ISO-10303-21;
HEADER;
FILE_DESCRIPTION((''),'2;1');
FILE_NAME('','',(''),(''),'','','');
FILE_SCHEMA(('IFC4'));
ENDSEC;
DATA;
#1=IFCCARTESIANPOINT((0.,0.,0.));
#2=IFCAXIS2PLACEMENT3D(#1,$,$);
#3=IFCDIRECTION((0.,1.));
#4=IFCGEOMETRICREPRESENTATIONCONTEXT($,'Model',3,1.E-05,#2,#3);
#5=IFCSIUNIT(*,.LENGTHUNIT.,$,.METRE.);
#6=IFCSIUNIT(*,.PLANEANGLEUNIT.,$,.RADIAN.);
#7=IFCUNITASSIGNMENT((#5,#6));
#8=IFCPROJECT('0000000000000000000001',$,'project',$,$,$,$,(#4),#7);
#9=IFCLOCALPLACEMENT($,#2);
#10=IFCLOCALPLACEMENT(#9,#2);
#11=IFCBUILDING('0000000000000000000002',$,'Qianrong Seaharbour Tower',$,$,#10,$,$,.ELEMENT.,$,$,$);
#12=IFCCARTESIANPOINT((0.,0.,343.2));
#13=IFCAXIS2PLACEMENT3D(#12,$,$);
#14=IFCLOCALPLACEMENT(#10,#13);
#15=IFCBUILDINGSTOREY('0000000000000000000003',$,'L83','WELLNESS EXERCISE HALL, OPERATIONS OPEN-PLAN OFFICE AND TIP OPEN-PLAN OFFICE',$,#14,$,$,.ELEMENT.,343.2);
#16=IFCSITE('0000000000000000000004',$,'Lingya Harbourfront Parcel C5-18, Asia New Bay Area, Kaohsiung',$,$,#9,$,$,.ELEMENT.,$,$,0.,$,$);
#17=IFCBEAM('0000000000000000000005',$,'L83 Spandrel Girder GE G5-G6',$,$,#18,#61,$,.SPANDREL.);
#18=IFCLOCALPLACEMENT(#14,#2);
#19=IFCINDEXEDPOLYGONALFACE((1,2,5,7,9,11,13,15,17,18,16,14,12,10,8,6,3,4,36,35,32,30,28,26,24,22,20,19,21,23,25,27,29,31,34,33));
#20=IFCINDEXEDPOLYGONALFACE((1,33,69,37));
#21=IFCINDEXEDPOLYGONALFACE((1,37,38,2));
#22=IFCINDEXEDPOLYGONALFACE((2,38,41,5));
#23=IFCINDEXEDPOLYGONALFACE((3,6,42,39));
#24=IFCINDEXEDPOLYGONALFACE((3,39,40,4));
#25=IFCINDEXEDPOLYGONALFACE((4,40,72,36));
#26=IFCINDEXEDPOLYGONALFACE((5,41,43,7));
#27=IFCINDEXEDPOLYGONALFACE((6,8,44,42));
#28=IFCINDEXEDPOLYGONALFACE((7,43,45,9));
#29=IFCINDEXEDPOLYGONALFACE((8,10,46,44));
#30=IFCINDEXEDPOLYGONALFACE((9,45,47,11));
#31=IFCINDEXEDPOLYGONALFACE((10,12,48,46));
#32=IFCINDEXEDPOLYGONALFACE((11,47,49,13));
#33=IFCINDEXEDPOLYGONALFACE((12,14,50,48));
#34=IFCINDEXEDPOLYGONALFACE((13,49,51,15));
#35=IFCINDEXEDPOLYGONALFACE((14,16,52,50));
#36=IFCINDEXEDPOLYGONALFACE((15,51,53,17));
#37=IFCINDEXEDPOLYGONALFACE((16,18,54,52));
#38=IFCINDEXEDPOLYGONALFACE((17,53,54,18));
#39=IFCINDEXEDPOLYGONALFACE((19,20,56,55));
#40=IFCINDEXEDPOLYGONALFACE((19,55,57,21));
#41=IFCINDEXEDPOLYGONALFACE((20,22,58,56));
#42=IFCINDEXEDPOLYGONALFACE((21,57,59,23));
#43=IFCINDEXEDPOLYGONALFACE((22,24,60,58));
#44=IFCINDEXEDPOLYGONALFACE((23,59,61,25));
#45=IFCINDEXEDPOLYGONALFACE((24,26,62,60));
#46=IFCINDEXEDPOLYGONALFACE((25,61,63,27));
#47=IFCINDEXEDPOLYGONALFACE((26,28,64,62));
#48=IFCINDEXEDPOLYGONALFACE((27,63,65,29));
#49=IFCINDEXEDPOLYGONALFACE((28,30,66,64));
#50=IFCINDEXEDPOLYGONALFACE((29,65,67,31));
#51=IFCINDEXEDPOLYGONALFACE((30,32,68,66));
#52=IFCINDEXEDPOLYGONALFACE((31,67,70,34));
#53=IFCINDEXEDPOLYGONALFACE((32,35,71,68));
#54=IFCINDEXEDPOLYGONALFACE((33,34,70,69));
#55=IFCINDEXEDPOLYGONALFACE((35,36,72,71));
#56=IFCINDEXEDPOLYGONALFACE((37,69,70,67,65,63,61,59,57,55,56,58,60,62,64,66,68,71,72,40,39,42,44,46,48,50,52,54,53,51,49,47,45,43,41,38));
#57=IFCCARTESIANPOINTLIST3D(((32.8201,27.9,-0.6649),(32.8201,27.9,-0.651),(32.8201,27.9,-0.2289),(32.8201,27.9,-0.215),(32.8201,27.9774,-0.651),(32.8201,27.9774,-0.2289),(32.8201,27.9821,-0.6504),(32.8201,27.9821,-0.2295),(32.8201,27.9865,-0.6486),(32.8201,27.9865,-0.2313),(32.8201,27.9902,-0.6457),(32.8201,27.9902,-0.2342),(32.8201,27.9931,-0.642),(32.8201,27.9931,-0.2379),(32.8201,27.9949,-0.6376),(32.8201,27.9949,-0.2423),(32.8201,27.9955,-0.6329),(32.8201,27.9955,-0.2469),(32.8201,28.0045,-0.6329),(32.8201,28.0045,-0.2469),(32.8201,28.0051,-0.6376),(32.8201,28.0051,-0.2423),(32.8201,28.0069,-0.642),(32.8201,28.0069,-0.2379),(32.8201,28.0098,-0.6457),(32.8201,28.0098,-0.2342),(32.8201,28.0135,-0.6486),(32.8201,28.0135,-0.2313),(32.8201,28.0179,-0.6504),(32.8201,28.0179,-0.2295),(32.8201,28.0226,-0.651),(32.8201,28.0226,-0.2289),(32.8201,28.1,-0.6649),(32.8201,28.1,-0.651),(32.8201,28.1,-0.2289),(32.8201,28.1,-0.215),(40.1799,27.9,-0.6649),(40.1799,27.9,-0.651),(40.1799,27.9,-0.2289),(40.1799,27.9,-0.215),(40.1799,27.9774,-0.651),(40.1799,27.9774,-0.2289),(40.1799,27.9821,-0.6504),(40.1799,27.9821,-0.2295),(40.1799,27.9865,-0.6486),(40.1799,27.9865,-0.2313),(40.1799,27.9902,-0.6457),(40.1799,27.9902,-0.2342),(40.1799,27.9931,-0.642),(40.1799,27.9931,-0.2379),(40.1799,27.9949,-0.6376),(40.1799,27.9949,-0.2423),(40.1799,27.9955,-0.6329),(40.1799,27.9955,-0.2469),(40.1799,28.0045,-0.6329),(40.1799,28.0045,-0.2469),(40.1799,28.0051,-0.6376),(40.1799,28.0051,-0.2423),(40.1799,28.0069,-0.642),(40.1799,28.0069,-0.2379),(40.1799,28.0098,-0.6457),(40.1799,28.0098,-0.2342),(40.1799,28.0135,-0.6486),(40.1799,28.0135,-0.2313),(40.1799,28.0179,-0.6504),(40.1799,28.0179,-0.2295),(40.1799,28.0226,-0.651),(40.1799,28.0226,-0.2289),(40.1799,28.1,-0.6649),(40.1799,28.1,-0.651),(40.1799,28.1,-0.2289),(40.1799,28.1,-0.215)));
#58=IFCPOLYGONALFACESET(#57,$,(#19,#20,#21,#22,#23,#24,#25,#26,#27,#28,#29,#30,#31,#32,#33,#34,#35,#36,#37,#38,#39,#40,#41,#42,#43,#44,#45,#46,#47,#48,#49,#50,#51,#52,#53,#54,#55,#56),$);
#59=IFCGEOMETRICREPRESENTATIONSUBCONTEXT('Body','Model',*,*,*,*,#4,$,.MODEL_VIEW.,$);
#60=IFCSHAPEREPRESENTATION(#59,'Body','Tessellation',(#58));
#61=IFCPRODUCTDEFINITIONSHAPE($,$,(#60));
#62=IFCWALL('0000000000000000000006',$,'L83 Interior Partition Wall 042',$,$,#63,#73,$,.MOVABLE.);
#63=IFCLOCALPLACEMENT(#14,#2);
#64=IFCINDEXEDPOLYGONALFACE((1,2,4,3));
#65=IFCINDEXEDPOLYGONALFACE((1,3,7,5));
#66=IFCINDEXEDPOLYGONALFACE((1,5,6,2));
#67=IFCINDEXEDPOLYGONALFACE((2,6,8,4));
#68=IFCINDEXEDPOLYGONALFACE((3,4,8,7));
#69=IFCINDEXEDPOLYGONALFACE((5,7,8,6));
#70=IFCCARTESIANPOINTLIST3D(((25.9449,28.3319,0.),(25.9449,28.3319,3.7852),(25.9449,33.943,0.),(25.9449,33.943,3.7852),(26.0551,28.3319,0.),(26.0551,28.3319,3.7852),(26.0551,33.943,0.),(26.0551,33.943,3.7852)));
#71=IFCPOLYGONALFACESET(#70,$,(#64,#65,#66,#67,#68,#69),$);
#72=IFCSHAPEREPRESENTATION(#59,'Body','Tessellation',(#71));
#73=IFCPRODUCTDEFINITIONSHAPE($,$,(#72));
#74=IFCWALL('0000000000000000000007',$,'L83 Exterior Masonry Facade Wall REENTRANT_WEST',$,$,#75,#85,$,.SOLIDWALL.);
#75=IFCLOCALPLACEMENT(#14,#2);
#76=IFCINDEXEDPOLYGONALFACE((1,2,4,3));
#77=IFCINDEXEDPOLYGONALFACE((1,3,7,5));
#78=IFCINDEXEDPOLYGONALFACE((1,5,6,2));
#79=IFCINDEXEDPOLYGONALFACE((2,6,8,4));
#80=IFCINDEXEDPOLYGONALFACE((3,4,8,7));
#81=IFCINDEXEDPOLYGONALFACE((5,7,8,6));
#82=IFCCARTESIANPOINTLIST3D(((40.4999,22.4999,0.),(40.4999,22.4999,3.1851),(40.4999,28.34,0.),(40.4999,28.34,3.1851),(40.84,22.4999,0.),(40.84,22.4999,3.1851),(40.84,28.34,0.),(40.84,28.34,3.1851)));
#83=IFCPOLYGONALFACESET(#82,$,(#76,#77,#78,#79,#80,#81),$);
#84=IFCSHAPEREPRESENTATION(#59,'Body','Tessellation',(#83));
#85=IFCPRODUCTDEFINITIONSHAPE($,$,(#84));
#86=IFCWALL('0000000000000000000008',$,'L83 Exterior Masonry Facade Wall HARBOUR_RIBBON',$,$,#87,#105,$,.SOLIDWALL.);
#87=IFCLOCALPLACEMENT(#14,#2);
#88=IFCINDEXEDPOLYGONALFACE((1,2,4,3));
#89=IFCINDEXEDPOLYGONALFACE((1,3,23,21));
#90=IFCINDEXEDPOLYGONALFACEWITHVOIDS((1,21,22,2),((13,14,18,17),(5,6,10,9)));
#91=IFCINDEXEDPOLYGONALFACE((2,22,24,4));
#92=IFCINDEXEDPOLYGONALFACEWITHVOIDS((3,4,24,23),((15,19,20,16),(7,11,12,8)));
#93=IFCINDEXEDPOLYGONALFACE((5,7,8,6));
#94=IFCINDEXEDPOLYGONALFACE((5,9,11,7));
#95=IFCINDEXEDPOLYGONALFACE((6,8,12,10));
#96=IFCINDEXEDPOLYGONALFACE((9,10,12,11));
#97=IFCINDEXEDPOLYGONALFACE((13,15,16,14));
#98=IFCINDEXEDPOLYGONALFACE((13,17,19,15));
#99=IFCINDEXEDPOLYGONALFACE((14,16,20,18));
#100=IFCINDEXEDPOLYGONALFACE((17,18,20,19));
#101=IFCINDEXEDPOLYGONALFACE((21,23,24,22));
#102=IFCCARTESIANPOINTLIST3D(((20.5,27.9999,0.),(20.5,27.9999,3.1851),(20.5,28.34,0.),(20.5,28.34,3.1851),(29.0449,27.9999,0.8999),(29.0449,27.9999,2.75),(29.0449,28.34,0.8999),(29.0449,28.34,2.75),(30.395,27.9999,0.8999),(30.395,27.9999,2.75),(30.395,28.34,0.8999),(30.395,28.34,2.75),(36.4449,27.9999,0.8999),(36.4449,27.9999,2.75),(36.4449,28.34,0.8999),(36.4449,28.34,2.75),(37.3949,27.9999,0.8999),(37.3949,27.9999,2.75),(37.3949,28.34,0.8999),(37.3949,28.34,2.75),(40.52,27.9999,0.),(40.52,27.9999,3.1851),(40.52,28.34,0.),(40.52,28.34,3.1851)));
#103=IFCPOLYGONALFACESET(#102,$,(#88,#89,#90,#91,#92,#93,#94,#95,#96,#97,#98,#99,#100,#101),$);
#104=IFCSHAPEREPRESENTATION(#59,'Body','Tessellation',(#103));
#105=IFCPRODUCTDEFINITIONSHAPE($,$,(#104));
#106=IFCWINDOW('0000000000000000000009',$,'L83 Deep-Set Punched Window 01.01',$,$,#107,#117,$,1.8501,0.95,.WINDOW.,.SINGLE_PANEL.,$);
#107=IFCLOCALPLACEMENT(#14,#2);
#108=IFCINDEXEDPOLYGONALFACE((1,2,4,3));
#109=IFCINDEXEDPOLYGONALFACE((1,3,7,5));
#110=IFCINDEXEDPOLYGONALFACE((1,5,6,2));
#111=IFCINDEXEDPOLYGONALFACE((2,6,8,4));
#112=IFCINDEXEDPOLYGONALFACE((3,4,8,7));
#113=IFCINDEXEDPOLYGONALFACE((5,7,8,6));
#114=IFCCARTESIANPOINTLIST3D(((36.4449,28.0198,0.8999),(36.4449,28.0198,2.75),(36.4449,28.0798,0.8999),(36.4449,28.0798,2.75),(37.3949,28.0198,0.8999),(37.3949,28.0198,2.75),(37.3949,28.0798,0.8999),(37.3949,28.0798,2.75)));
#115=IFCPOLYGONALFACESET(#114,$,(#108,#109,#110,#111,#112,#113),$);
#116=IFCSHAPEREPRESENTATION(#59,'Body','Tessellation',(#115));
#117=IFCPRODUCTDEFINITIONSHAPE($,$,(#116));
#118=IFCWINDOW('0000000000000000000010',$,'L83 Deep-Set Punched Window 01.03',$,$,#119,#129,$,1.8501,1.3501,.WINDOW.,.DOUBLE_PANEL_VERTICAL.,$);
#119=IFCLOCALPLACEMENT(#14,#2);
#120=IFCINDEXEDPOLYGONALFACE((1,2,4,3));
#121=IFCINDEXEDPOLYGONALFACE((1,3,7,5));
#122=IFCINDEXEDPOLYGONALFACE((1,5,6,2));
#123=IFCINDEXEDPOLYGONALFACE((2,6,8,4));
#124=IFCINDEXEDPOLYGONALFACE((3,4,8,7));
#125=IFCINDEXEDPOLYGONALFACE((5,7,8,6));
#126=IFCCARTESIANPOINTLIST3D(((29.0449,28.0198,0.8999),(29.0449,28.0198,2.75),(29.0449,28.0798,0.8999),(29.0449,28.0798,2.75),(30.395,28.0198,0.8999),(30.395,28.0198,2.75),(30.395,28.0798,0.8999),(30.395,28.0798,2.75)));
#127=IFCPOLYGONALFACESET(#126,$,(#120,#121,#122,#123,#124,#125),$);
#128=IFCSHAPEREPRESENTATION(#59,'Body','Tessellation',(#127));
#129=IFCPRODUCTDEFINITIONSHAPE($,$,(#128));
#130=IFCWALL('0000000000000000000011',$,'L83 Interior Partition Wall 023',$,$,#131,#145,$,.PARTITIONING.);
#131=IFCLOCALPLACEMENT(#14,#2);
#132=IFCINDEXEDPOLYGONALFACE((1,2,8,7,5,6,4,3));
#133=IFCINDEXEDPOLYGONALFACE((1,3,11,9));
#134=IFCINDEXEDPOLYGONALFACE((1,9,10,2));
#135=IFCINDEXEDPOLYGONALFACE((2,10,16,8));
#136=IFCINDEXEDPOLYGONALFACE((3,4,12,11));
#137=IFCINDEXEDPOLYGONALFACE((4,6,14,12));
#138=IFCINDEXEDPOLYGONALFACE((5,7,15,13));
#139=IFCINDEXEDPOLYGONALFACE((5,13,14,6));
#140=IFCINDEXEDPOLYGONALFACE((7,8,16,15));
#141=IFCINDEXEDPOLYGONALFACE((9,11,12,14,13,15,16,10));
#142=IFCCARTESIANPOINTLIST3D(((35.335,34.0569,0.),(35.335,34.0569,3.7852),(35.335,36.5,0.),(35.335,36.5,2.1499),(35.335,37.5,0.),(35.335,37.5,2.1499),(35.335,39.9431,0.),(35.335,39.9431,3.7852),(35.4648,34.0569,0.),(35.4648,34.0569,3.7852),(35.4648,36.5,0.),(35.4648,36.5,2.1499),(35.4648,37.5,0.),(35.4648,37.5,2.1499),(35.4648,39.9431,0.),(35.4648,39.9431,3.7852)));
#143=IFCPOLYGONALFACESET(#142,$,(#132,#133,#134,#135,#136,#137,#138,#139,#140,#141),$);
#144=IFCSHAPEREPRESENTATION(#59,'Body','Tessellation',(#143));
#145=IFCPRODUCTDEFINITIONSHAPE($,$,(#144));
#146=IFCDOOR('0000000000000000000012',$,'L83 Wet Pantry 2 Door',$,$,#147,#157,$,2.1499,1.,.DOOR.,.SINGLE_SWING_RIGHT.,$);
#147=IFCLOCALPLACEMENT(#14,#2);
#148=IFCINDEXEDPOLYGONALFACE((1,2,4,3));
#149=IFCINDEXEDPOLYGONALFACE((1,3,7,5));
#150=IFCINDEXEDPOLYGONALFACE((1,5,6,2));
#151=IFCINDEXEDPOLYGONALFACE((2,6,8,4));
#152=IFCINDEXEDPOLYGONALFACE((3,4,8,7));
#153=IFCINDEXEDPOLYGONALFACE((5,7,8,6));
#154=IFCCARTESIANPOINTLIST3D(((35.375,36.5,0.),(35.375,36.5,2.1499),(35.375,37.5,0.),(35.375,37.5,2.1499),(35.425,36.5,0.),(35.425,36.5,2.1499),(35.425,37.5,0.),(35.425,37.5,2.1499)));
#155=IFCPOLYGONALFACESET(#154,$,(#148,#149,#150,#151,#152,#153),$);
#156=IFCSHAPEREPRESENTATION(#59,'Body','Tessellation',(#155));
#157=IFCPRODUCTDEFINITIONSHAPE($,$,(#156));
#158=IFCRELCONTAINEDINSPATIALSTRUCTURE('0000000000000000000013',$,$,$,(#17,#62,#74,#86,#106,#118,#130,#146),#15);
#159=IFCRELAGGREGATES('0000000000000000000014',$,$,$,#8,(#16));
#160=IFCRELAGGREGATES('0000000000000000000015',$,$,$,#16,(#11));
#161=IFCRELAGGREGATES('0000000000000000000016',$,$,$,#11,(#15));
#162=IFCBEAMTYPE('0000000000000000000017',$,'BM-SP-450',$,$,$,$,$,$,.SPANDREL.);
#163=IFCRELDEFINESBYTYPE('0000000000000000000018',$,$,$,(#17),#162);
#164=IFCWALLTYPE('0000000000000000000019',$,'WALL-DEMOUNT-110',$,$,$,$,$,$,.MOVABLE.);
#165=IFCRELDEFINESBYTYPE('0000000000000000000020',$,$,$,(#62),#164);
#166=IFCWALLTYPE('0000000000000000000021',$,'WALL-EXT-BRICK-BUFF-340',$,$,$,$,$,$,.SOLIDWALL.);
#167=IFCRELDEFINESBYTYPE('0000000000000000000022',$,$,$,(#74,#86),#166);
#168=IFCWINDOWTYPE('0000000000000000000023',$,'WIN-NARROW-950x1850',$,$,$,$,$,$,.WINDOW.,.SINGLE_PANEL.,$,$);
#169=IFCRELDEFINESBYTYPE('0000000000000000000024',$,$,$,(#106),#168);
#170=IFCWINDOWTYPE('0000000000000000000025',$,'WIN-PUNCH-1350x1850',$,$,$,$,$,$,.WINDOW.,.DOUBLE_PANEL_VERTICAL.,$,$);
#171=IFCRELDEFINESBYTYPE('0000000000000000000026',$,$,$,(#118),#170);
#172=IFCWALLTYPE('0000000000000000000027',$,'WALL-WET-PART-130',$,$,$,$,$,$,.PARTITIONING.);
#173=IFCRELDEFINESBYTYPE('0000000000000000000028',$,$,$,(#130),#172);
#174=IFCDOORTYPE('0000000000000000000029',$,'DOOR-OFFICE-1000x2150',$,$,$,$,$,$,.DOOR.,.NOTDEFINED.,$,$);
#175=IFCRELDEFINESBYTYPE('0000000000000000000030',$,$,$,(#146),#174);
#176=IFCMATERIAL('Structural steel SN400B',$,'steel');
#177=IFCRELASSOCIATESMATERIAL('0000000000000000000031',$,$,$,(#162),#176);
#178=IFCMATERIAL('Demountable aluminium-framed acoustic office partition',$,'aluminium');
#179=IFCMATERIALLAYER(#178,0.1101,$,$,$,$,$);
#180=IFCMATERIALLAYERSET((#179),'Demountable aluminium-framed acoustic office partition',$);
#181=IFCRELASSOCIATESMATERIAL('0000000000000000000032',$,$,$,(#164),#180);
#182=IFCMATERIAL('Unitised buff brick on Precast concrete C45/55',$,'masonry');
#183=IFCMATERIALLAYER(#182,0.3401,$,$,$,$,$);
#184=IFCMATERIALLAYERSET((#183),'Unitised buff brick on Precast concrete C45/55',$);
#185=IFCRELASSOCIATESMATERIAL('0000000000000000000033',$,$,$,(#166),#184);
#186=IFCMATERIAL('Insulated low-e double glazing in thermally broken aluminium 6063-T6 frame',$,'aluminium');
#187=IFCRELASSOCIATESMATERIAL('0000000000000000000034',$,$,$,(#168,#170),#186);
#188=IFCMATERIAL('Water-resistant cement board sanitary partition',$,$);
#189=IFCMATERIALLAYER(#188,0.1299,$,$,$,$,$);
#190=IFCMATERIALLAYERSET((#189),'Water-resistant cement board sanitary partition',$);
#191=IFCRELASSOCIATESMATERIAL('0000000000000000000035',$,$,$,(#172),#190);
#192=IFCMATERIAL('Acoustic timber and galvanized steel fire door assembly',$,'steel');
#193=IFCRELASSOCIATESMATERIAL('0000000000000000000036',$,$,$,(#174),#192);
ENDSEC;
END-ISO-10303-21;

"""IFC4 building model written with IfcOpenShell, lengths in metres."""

from ifc_helpers import new_model, si_unit, direction, frame, frame_2d, origin, origin_2d, place, context, subcontext, project, spatial, rectangle, i_section, extrude, material, layer, layer_set, material_profile, profile_set, type_object, element, fill, save


model = new_model("IFC4")

# Units and contexts
model_context = context("Model", 3, precision=1e-05, world=origin(), true_north=direction((0.0, 1.0)))
body_context = subcontext(model_context, "Body", "Model", "MODEL_VIEW")
ifc_project = project(units=[si_unit("LENGTHUNIT", "METRE"), si_unit("PLANEANGLEUNIT", "RADIAN")], contexts=[model_context])

# Site, building, storey
site_placement = place(None, origin())
site = spatial("IfcSite", under=ifc_project, at=site_placement, Name="Lingya Harbourfront Parcel C5-18, Asia New Bay Area, Kaohsiung", CompositionType="ELEMENT", RefElevation=0.0)
building_placement = place(site_placement, origin())
building = spatial("IfcBuilding", under=site, at=building_placement, Name="Qianrong Seaharbour Tower", CompositionType="ELEMENT")
storey_placement = place(building_placement, frame((0.0, 0.0, 343.2)))
storey = spatial("IfcBuildingStorey", under=building, at=storey_placement, Name="L83", Description="WELLNESS EXERCISE HALL, OPERATIONS OPEN-PLAN OFFICE AND TIP OPEN-PLAN OFFICE", CompositionType="ELEMENT", Elevation=343.2)

# Beam
ifc_material_1 = material(Name="Structural steel SN400B", Category="steel")
ifc_material_profile_1 = material_profile(ifc_material_1, i_section(OverallWidth=0.2, OverallDepth=0.45, WebThickness=0.009, FlangeThickness=0.0139, FilletRadius=0.0181, at=origin_2d()), Name="H450x200x9x14")
ifc_profile_set_1 = profile_set([ifc_material_profile_1], Name="Structural steel SN400B")
beam_type_1 = type_object("IfcBeamType", Name="BM-SP-450", PredefinedType="SPANDREL", material=ifc_profile_set_1)
for number, where, z_axis, x_axis, name in (
    (1, (32.8201, 28.0, -0.4399), (1.0, 0.0, 0.0), (0.0, 1.0, 0.0), "L83 Spandrel Girder GE G5-G6"),
):
    element("IfcBeam", number, at=place(storey_placement, frame(where, z_axis=z_axis, x_axis=x_axis)), inside=storey, type_object=beam_type_1, Name=name, PredefinedType="SPANDREL", context=body_context, shape_type="SweptSolid", body=[
        extrude(i_section(OverallWidth=0.2, OverallDepth=0.45, WebThickness=0.009, FlangeThickness=0.0139, FilletRadius=0.0181, at=origin_2d()), origin(), (0.0, 0.0, 1.0), 7.3599),
    ])

# Walls
ifc_material_2 = material(Name="Demountable aluminium-framed acoustic office partition", Category="aluminium")
ifc_layer_1 = layer(ifc_material_2, 0.1101)
ifc_layer_set_1 = layer_set([ifc_layer_1], Name="Demountable aluminium-framed acoustic office partition")
wall_type_1 = type_object("IfcWallType", Name="WALL-DEMOUNT-110", PredefinedType="MOVABLE", material=ifc_layer_set_1)
wall_1_placement = place(storey_placement, frame((26.0, 33.9431, 0.0), z_axis=(0.0, 0.0, 1.0), x_axis=(0.0, -1.0, 0.0)))
element("IfcWall", 2, at=wall_1_placement, inside=storey, type_object=wall_type_1, Name="L83 Interior Partition Wall 042", PredefinedType="MOVABLE", context=body_context, shape_type="SweptSolid", body=[
    extrude(rectangle(XDim=5.6111, YDim=0.1101, at=frame_2d((2.8057, 0.0))), origin(), (0.0, 0.0, 1.0), 3.7852),
])
ifc_material_3 = material(Name="Unitised buff brick on Precast concrete C45/55", Category="masonry")
ifc_layer_2 = layer(ifc_material_3, 0.3401)
ifc_layer_set_2 = layer_set([ifc_layer_2], Name="Unitised buff brick on Precast concrete C45/55")
wall_type_2 = type_object("IfcWallType", Name="WALL-EXT-BRICK-BUFF-340", PredefinedType="SOLIDWALL", material=ifc_layer_set_2)
wall_2_placement = place(storey_placement, frame((40.6699, 22.5, 0.0), z_axis=(0.0, 0.0, 1.0), x_axis=(0.0, 1.0, 0.0)))
element("IfcWall", 3, at=wall_2_placement, inside=storey, type_object=wall_type_2, Name="L83 Exterior Masonry Facade Wall REENTRANT_WEST", PredefinedType="SOLIDWALL", context=body_context, shape_type="SweptSolid", body=[
    extrude(rectangle(XDim=5.8401, YDim=0.3401, at=frame_2d((2.9199, 0.0))), origin(), (0.0, 0.0, 1.0), 3.1851),
])

# Wall, openings, windows
wall_3_placement = place(storey_placement, frame((40.52, 28.1699, 0.0), z_axis=(0.0, 0.0, 1.0), x_axis=(-1.0, 0.0, 0.0)))
wall_3 = element("IfcWall", 4, at=wall_3_placement, inside=storey, type_object=wall_type_2, Name="L83 Exterior Masonry Facade Wall HARBOUR_RIBBON", PredefinedType="SOLIDWALL", context=body_context, shape_type="SweptSolid", body=[
    extrude(rectangle(XDim=20.02, YDim=0.3401, at=frame_2d((10.01, 0.0))), origin(), (0.0, 0.0, 1.0), 3.1851),
])
opening_1_placement = place(wall_3_placement, frame((3.125, 0.0, 0.8999)))
opening_1 = element("IfcOpeningElement", 5, at=opening_1_placement, cuts=wall_3, PredefinedType="OPENING", context=body_context, shape_type="SweptSolid", body=[
    extrude(rectangle(XDim=0.95, YDim=1.8501, at=frame_2d((0.4751, 0.925))), frame((0.0, 0.1802, 0.0), z_axis=(0.0, -1.0, 0.0), x_axis=(1.0, 0.0, 0.0)), (0.0, 0.0, 1.0), 0.3601),
])
opening_2_placement = place(wall_3_placement, frame((10.125, 0.0, 0.8999)))
opening_2 = element("IfcOpeningElement", 6, at=opening_2_placement, cuts=wall_3, PredefinedType="OPENING", context=body_context, shape_type="SweptSolid", body=[
    extrude(rectangle(XDim=1.3501, YDim=1.8501, at=frame_2d((0.675, 0.925))), frame((0.0, 0.1802, 0.0), z_axis=(0.0, -1.0, 0.0), x_axis=(1.0, 0.0, 0.0)), (0.0, 0.0, 1.0), 0.3601),
])
ifc_material_4 = material(Name="Insulated low-e double glazing in thermally broken aluminium 6063-T6 frame", Category="aluminium")
window_type_1 = type_object("IfcWindowType", Name="WIN-NARROW-950x1850", PartitioningType="SINGLE_PANEL", PredefinedType="WINDOW", material=ifc_material_4)
window_1_placement = place(opening_1_placement, origin())
window_1 = element("IfcWindow", 7, at=window_1_placement, inside=storey, type_object=window_type_1, Name="L83 Deep-Set Punched Window 01.01", OverallHeight=1.8501, OverallWidth=0.95, PartitioningType="SINGLE_PANEL", PredefinedType="WINDOW", context=body_context, shape_type="SweptSolid", body=[
    extrude(rectangle(XDim=0.95, YDim=1.8501, at=frame_2d((0.4751, 0.925))), frame((0.0, 0.1501, 0.0), z_axis=(0.0, -1.0, 0.0), x_axis=(1.0, 0.0, 0.0)), (0.0, 0.0, 1.0), 0.0601),
])
fill(opening_1, window_1)
window_type_2 = type_object("IfcWindowType", Name="WIN-PUNCH-1350x1850", PartitioningType="DOUBLE_PANEL_VERTICAL", PredefinedType="WINDOW", material=ifc_material_4)
window_2_placement = place(opening_2_placement, origin())
window_2 = element("IfcWindow", 8, at=window_2_placement, inside=storey, type_object=window_type_2, Name="L83 Deep-Set Punched Window 01.03", OverallHeight=1.8501, OverallWidth=1.3501, PartitioningType="DOUBLE_PANEL_VERTICAL", PredefinedType="WINDOW", context=body_context, shape_type="SweptSolid", body=[
    extrude(rectangle(XDim=1.3501, YDim=1.8501, at=frame_2d((0.675, 0.925))), frame((0.0, 0.1501, 0.0), z_axis=(0.0, -1.0, 0.0), x_axis=(1.0, 0.0, 0.0)), (0.0, 0.0, 1.0), 0.0601),
])
fill(opening_2, window_2)

# Wall, opening, door
ifc_material_5 = material(Name="Water-resistant cement board sanitary partition")
ifc_layer_3 = layer(ifc_material_5, 0.1299)
ifc_layer_set_3 = layer_set([ifc_layer_3], Name="Water-resistant cement board sanitary partition")
wall_type_3 = type_object("IfcWallType", Name="WALL-WET-PART-130", PredefinedType="PARTITIONING", material=ifc_layer_set_3)
wall_4_placement = place(storey_placement, frame((35.3999, 34.0569, 0.0), z_axis=(0.0, 0.0, 1.0), x_axis=(0.0, 1.0, 0.0)))
wall_4 = element("IfcWall", 9, at=wall_4_placement, inside=storey, type_object=wall_type_3, Name="L83 Interior Partition Wall 023", PredefinedType="PARTITIONING", context=body_context, shape_type="SweptSolid", body=[
    extrude(rectangle(XDim=5.8862, YDim=0.1299, at=frame_2d((2.9431, 0.0))), origin(), (0.0, 0.0, 1.0), 3.7852),
])
opening_3_placement = place(wall_4_placement, frame((2.4431, 0.0, 0.0)))
opening_3 = element("IfcOpeningElement", 10, at=opening_3_placement, cuts=wall_4, PredefinedType="OPENING", context=body_context, shape_type="SweptSolid", body=[
    extrude(rectangle(XDim=1.0, YDim=2.1499, at=frame_2d((0.5, 1.075))), frame((0.0, 0.075, 0.0), z_axis=(0.0, -1.0, 0.0), x_axis=(1.0, 0.0, 0.0)), (0.0, 0.0, 1.0), 0.1499),
])
ifc_material_6 = material(Name="Acoustic timber and galvanized steel fire door assembly", Category="steel")
door_type = type_object("IfcDoorType", Name="DOOR-OFFICE-1000x2150", OperationType="NOTDEFINED", PredefinedType="DOOR", material=ifc_material_6)
door_1_placement = place(opening_3_placement, origin())
door_1 = element("IfcDoor", 11, at=door_1_placement, inside=storey, type_object=door_type, Name="L83 Wet Pantry 2 Door", OperationType="SINGLE_SWING_RIGHT", OverallHeight=2.1499, OverallWidth=1.0, PredefinedType="DOOR", context=body_context, shape_type="SweptSolid", body=[
    extrude(rectangle(XDim=1.0, YDim=2.1499, at=frame_2d((0.5, 1.075))), frame((0.0, 0.0249, 0.0), z_axis=(0.0, -1.0, 0.0), x_axis=(1.0, 0.0, 0.0)), (0.0, 0.0, 1.0), 0.05),
])
fill(opening_3, door_1)

save(model, "model.ifc")
